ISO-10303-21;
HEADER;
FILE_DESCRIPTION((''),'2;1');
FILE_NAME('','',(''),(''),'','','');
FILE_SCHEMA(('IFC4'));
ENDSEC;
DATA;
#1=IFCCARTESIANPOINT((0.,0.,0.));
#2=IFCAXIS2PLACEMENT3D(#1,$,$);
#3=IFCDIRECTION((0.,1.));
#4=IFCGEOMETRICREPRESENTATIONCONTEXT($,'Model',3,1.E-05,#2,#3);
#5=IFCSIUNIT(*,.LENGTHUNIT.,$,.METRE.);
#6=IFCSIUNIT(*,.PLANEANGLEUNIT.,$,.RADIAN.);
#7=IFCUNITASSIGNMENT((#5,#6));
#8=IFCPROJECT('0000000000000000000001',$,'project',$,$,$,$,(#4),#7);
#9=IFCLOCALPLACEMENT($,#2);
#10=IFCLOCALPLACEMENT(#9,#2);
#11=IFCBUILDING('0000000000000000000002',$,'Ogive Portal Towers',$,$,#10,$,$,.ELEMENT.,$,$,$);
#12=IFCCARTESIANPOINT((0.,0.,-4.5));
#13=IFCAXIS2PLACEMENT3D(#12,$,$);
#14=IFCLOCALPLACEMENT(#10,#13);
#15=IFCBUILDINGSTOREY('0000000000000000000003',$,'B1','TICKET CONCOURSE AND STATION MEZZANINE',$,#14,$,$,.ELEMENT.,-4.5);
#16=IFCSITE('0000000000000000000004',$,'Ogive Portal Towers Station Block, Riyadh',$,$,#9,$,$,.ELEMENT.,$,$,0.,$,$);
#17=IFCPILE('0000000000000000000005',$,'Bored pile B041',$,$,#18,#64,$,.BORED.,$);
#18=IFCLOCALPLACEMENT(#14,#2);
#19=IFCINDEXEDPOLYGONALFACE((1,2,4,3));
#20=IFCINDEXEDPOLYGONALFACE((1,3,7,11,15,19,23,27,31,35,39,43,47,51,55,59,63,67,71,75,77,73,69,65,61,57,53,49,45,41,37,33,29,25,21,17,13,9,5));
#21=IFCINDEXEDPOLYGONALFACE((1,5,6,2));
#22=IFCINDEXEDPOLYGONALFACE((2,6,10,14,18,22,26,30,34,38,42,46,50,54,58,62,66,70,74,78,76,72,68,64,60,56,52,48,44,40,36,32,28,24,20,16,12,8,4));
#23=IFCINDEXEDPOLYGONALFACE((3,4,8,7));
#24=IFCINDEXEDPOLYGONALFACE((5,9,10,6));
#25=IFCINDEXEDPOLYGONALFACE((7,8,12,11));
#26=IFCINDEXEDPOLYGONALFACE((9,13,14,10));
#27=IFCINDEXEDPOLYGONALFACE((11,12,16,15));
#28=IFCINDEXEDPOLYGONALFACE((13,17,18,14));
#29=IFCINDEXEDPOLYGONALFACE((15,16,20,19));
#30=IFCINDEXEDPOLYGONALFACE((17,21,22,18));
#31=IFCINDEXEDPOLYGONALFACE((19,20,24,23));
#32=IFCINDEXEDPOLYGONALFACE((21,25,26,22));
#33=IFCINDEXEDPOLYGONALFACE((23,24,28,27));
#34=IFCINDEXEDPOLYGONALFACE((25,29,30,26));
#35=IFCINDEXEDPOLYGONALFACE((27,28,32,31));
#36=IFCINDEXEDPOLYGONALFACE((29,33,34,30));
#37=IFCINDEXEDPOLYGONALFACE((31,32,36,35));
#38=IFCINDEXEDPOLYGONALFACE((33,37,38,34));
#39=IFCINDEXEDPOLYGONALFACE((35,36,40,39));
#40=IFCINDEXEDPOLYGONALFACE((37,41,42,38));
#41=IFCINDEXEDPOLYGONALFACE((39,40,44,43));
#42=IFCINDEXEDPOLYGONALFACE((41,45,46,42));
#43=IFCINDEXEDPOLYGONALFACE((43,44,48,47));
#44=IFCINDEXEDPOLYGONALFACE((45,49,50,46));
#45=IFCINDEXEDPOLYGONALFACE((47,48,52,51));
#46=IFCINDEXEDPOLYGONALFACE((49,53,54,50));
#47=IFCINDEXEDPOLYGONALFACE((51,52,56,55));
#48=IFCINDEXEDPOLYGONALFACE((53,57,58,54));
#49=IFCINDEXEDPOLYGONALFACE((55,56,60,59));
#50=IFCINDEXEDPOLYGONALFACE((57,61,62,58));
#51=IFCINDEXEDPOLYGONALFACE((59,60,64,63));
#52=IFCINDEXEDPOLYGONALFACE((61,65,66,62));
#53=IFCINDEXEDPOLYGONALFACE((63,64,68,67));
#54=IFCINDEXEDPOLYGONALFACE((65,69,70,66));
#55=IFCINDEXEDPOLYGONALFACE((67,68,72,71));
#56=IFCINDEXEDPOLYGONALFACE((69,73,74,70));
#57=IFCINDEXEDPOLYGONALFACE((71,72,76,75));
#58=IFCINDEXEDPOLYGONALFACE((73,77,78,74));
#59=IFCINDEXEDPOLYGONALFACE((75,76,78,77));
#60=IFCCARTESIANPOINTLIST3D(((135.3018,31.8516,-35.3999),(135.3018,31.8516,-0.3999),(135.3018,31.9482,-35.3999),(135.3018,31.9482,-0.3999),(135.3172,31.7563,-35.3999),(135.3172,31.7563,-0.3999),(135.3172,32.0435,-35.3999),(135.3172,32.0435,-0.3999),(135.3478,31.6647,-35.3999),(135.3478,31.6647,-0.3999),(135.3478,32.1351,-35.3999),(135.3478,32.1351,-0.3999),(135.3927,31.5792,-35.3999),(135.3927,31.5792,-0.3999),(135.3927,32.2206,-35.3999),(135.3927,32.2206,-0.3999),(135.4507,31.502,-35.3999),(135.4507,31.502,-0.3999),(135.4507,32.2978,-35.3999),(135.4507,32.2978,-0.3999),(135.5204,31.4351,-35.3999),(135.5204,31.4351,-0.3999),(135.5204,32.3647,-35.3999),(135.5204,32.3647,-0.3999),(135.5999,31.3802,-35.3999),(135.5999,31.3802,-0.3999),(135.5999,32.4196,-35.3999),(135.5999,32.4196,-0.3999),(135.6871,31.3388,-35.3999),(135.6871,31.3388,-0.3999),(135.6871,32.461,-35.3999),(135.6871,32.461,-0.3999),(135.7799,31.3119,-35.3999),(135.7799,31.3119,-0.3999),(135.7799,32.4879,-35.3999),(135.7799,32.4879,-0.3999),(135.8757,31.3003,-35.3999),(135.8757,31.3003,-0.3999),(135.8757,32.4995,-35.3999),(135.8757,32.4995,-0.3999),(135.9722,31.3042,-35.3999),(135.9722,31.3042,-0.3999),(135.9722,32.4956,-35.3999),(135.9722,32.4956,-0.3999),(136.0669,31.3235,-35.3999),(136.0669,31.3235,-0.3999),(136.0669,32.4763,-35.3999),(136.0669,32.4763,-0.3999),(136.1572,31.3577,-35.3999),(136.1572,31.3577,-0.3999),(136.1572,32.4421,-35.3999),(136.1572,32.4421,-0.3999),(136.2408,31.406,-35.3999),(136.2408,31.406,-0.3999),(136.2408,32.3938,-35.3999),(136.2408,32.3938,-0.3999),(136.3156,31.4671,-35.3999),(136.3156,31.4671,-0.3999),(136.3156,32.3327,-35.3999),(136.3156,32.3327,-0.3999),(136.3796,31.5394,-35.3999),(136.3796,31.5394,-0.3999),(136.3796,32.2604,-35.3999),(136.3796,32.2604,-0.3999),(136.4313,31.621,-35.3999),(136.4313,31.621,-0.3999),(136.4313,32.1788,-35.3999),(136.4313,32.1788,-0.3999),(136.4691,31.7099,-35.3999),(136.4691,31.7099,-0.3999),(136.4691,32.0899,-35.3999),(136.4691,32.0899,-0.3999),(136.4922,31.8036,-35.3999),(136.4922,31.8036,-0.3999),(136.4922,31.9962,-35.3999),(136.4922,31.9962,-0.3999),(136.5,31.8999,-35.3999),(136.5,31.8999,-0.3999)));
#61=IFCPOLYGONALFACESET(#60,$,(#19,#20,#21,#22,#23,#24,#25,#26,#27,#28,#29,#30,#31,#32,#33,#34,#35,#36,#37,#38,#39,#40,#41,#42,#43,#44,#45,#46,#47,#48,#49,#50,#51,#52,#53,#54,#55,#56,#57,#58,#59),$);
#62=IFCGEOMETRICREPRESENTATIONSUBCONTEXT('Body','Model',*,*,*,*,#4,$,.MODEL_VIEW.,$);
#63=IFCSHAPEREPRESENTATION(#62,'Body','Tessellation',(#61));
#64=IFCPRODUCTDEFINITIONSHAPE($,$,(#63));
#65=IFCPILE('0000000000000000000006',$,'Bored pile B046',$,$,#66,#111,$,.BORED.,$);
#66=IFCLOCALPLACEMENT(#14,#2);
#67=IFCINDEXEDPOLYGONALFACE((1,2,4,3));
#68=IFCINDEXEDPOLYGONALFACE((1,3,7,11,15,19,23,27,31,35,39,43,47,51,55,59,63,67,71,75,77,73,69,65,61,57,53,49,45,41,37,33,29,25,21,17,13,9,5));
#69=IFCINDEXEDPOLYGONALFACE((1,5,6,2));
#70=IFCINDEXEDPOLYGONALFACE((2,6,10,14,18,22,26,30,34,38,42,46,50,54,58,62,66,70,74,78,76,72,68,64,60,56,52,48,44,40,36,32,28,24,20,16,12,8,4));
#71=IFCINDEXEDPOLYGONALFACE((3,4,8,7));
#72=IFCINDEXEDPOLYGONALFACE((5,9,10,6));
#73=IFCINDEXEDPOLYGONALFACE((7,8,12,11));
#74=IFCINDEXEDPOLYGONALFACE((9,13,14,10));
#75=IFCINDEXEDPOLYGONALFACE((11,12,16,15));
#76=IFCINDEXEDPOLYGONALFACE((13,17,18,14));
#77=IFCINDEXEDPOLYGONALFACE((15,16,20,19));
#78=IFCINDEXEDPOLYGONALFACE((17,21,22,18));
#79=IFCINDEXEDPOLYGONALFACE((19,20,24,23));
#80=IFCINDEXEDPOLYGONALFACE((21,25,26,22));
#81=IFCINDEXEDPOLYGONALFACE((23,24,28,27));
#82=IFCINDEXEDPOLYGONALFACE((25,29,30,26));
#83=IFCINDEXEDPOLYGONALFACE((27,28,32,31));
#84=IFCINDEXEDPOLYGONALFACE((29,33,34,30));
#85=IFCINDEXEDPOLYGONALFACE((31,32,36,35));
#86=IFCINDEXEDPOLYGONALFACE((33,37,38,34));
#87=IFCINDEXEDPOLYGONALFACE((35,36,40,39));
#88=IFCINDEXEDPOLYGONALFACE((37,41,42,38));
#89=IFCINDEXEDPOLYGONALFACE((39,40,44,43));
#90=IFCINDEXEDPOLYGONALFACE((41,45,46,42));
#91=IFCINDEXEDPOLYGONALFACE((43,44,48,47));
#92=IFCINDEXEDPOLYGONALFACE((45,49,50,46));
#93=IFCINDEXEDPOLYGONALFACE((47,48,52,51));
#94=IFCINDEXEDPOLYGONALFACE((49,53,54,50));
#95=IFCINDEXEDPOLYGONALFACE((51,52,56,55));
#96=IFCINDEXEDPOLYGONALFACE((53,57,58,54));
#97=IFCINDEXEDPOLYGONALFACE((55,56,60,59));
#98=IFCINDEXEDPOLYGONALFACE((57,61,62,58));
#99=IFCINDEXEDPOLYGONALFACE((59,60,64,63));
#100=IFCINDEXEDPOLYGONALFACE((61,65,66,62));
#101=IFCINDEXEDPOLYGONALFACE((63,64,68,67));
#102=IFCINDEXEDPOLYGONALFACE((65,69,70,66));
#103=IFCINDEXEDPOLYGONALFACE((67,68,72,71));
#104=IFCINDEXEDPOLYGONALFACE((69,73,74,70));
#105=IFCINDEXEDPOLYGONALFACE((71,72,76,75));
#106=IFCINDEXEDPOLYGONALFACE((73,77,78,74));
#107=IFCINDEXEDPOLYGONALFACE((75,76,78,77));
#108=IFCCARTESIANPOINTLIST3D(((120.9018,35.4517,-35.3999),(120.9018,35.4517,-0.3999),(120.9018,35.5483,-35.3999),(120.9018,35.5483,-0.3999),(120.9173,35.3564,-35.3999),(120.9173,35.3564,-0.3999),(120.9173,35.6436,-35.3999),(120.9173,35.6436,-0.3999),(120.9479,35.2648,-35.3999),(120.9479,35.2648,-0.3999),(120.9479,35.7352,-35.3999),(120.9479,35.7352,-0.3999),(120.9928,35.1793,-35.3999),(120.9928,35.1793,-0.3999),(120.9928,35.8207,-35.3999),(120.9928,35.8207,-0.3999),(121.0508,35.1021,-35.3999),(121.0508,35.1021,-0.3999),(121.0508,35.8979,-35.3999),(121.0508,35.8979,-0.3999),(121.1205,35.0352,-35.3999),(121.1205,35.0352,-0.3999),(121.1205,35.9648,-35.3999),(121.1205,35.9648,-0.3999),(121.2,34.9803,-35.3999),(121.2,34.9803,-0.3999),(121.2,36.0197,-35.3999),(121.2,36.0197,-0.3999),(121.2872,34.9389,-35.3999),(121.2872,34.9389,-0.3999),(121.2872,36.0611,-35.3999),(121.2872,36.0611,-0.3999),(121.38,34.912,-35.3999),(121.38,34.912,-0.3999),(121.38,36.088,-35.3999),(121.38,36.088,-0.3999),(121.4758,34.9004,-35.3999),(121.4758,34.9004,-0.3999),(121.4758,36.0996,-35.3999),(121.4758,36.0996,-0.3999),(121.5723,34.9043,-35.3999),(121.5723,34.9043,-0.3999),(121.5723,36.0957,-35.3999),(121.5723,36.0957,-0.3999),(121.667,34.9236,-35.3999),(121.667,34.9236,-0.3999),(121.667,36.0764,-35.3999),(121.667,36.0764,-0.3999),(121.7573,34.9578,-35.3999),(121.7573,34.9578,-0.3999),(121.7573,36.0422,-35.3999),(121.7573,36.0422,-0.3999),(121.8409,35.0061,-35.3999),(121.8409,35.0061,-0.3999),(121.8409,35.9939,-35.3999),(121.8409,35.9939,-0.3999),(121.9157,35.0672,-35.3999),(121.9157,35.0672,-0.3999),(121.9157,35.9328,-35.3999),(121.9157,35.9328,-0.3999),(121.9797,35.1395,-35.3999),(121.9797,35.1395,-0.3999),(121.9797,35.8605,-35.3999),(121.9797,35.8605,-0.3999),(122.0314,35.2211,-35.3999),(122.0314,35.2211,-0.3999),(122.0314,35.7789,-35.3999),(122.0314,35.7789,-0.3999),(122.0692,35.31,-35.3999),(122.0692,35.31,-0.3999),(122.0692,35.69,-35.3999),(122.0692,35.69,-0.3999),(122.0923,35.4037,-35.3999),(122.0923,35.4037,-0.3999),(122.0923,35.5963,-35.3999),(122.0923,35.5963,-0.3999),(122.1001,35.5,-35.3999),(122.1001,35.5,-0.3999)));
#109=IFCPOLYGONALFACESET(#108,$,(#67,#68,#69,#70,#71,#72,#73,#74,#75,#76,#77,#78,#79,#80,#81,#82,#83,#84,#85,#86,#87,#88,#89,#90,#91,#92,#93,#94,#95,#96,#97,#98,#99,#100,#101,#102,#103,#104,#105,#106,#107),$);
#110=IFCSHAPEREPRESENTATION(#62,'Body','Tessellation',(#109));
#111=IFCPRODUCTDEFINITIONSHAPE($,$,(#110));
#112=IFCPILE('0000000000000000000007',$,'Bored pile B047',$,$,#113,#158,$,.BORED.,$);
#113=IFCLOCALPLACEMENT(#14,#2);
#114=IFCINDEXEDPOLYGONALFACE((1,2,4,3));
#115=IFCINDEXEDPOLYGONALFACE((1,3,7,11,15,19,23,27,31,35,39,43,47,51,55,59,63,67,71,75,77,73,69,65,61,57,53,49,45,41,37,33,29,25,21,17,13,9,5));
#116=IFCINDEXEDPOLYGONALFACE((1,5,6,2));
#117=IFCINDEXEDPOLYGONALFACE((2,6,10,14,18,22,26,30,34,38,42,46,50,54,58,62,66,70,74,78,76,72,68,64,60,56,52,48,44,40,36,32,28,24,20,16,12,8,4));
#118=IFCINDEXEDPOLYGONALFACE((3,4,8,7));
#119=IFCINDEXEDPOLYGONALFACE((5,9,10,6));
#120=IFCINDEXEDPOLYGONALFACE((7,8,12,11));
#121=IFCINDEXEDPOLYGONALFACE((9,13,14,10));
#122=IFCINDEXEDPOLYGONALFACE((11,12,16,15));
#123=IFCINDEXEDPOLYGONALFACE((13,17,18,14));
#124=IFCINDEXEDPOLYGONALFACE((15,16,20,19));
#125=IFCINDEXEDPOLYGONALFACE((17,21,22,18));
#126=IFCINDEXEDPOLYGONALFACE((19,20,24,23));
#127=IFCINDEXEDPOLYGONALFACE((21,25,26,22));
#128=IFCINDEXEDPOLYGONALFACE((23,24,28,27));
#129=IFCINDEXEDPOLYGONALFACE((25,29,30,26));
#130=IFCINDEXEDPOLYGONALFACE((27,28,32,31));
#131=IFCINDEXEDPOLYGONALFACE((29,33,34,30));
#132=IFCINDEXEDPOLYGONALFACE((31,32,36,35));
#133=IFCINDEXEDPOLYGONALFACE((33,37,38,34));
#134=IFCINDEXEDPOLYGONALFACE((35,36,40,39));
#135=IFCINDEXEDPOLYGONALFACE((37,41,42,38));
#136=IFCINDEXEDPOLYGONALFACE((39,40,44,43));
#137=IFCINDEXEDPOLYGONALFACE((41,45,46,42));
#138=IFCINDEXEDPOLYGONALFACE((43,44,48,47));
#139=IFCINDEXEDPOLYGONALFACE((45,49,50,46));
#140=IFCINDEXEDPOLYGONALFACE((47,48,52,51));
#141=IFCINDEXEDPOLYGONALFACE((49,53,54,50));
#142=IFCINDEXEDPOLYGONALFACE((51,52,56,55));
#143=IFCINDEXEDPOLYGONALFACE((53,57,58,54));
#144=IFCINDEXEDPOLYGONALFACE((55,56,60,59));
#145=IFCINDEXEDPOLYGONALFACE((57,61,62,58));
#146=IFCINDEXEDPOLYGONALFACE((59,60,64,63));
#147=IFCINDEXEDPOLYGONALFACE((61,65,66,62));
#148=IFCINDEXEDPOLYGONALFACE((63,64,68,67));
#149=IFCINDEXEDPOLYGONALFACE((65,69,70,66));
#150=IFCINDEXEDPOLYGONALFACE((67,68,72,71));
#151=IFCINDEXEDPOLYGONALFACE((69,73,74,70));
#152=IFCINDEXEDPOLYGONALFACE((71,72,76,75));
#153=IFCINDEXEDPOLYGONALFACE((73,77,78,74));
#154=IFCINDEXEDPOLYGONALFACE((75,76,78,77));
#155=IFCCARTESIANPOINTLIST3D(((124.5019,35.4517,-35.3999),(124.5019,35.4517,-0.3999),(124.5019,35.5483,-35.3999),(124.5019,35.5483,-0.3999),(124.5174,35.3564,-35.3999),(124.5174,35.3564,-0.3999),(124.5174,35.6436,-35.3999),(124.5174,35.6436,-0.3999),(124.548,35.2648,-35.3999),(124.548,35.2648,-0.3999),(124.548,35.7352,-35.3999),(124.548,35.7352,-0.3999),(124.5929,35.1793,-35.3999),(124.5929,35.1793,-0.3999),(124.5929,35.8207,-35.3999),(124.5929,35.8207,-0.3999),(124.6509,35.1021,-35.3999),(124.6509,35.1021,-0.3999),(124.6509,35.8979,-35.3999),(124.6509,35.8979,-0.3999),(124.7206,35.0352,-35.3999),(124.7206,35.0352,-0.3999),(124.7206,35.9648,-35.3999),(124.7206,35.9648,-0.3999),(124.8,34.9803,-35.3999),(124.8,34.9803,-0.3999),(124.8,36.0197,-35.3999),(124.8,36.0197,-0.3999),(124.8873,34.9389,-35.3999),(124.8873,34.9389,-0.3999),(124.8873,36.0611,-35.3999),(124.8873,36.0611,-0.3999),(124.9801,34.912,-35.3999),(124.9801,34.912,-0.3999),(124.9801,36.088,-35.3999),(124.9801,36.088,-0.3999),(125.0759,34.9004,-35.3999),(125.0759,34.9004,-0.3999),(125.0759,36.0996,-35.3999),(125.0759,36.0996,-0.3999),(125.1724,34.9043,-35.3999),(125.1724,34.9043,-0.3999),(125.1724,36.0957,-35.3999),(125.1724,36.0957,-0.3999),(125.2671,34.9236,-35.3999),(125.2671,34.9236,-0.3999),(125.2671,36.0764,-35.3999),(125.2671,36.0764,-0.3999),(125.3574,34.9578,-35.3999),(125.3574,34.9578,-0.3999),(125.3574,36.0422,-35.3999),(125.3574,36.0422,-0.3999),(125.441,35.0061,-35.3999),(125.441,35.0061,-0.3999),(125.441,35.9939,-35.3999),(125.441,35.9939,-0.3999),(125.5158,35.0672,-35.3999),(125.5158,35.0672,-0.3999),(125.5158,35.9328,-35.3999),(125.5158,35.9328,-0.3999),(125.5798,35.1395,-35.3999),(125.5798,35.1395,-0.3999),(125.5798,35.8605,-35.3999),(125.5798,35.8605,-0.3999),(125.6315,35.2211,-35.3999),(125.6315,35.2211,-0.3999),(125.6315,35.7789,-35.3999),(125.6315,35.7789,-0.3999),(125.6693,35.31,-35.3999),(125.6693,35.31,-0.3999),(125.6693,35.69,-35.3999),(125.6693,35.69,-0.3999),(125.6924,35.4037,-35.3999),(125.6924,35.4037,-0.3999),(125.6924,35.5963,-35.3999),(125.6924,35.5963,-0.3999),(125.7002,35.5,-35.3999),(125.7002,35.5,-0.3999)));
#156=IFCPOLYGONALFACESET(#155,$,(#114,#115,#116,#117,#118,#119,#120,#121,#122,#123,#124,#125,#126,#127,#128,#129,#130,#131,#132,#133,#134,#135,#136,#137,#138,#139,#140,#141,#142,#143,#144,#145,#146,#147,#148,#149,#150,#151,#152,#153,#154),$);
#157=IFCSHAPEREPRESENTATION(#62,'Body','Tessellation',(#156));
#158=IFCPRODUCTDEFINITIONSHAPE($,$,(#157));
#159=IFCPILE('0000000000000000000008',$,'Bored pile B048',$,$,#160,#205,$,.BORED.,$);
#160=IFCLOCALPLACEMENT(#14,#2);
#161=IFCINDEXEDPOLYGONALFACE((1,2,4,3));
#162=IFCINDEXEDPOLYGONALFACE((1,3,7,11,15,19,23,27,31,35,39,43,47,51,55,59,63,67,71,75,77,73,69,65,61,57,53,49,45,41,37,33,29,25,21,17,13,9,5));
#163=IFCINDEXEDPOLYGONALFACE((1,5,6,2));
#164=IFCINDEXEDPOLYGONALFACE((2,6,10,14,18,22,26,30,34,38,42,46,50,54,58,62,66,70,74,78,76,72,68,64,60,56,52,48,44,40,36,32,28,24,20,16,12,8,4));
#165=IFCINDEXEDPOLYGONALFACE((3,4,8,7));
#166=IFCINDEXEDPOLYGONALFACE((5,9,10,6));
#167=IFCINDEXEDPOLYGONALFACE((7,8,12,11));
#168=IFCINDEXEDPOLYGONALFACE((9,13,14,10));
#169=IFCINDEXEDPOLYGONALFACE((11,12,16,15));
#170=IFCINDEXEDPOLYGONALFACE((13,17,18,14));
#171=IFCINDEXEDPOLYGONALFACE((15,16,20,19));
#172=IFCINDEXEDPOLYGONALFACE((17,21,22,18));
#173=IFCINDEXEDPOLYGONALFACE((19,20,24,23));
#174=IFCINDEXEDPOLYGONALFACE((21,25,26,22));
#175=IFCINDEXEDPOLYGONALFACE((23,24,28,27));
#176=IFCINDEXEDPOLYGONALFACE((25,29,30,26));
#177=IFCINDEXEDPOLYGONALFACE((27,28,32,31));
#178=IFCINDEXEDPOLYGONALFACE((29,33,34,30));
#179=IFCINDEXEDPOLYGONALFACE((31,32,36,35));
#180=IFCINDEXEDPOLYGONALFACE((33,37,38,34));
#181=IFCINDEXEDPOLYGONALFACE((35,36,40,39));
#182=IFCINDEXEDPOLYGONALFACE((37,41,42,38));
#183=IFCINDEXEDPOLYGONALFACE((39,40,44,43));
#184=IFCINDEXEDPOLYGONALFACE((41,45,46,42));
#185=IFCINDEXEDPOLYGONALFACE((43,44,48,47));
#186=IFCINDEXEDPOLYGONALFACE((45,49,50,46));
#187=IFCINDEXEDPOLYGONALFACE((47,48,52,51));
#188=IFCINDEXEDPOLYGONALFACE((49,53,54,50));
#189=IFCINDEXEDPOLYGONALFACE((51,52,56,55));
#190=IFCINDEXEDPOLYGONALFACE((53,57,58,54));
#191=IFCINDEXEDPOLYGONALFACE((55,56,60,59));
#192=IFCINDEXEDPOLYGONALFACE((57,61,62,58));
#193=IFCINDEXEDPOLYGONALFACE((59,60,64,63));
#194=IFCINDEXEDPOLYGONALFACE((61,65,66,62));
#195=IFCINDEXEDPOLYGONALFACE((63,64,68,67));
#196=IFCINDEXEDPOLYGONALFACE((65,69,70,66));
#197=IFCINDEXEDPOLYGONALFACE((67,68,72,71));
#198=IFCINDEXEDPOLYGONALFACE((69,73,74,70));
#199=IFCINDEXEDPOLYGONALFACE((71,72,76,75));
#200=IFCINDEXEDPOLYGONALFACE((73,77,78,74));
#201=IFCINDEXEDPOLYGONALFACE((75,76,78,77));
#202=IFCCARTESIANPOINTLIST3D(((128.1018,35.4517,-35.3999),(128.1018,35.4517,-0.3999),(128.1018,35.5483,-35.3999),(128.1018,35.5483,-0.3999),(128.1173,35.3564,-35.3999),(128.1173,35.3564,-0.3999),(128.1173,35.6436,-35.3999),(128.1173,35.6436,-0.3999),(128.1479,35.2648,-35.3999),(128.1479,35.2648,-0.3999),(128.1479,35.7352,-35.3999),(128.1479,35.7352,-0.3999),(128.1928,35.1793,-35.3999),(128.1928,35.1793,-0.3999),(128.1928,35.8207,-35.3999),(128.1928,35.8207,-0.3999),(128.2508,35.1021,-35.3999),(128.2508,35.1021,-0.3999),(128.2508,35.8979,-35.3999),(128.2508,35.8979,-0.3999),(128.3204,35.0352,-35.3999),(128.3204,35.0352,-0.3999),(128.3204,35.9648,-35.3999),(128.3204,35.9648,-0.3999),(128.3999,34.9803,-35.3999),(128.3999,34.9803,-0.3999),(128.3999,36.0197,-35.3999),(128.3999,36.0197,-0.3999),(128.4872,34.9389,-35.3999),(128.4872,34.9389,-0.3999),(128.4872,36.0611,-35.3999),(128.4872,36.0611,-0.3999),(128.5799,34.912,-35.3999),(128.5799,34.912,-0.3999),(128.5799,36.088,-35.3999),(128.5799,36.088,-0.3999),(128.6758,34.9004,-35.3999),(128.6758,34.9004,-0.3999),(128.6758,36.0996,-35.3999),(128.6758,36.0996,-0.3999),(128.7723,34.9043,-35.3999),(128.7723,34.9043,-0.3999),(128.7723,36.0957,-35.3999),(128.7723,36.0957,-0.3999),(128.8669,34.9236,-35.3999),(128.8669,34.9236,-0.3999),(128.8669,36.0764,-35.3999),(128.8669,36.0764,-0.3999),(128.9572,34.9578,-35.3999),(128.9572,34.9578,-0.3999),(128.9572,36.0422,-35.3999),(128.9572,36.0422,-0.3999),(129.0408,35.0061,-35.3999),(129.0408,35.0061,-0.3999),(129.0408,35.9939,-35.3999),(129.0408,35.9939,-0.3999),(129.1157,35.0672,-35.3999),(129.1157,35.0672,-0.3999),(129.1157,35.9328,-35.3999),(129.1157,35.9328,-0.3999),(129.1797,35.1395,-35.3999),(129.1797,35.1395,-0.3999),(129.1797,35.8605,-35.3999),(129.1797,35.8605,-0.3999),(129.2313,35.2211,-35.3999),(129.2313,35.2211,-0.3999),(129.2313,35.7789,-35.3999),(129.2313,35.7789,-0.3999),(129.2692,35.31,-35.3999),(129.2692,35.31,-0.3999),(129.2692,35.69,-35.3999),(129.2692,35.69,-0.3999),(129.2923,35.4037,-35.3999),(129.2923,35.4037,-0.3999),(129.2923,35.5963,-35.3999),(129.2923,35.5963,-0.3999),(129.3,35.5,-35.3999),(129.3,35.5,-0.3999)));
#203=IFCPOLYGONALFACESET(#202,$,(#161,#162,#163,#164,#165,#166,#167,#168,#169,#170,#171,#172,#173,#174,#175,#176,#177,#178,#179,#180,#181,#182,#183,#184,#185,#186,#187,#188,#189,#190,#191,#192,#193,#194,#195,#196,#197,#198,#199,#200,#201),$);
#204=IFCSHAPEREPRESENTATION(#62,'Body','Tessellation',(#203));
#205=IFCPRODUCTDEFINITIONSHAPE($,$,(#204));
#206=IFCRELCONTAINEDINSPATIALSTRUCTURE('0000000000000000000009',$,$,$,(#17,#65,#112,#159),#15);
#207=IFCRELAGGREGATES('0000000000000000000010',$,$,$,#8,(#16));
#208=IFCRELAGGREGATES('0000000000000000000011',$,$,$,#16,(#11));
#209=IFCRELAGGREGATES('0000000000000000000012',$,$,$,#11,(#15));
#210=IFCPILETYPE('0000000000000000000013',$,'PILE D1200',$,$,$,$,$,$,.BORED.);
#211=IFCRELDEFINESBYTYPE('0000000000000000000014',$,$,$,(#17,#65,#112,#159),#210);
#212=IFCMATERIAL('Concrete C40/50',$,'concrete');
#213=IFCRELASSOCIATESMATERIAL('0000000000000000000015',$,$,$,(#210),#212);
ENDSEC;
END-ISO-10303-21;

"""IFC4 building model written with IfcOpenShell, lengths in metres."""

from ifc_helpers import new_model, si_unit, direction, frame, origin, origin_2d, place, context, subcontext, project, spatial, circle, extrude, material, material_profile, profile_set, type_object, element, save


model = new_model("IFC4")

# Units and contexts
model_context = context("Model", 3, precision=1e-05, world=origin(), true_north=direction((0.0, 1.0)))
body_context = subcontext(model_context, "Body", "Model", "MODEL_VIEW")
ifc_project = project(units=[si_unit("LENGTHUNIT", "METRE"), si_unit("PLANEANGLEUNIT", "RADIAN")], contexts=[model_context])

# Site, building, storey
site_placement = place(None, origin())
site = spatial("IfcSite", under=ifc_project, at=site_placement, Name="Ogive Portal Towers Station Block, Riyadh", CompositionType="ELEMENT", RefElevation=0.0)
building_placement = place(site_placement, origin())
building = spatial("IfcBuilding", under=site, at=building_placement, Name="Ogive Portal Towers", CompositionType="ELEMENT")
storey_placement = place(building_placement, frame((0.0, 0.0, -4.5)))
storey = spatial("IfcBuildingStorey", under=building, at=storey_placement, Name="B1", Description="TICKET CONCOURSE AND STATION MEZZANINE", CompositionType="ELEMENT", Elevation=-4.5)

# Piles
ifc_material_1 = material(Name="Concrete C40/50", Category="concrete")
ifc_material_profile_1 = material_profile(ifc_material_1, circle(Radius=0.6001, at=origin_2d()), Name="PILE D1200")
ifc_profile_set_1 = profile_set([ifc_material_profile_1], Name="Concrete C40/50")
pile_type = type_object("IfcPileType", Name="PILE D1200", PredefinedType="BORED", material=ifc_profile_set_1)
for number, where, z_axis, x_axis, name in (
    (1, (135.8999, 31.8999, -0.3999), (0.0, 0.0, -1.0), (1.0, 0.0, 0.0), "Bored pile B041"),
    (2, (121.5, 35.5, -0.3999), (0.0, 0.0, -1.0), (1.0, 0.0, 0.0), "Bored pile B046"),
    (3, (125.1001, 35.5, -0.3999), (0.0, 0.0, -1.0), (1.0, 0.0, 0.0), "Bored pile B047"),
    (4, (128.7, 35.5, -0.3999), (0.0, 0.0, -1.0), (1.0, 0.0, 0.0), "Bored pile B048"),
):
    element("IfcPile", number, at=place(storey_placement, frame(where, z_axis=z_axis, x_axis=x_axis)), inside=storey, type_object=pile_type, Name=name, PredefinedType="BORED", context=body_context, shape_type="SweptSolid", body=[
        extrude(circle(Radius=0.6001, at=origin_2d()), origin(), (0.0, 0.0, 1.0), 35.0),
    ])

save(model, "model.ifc")
